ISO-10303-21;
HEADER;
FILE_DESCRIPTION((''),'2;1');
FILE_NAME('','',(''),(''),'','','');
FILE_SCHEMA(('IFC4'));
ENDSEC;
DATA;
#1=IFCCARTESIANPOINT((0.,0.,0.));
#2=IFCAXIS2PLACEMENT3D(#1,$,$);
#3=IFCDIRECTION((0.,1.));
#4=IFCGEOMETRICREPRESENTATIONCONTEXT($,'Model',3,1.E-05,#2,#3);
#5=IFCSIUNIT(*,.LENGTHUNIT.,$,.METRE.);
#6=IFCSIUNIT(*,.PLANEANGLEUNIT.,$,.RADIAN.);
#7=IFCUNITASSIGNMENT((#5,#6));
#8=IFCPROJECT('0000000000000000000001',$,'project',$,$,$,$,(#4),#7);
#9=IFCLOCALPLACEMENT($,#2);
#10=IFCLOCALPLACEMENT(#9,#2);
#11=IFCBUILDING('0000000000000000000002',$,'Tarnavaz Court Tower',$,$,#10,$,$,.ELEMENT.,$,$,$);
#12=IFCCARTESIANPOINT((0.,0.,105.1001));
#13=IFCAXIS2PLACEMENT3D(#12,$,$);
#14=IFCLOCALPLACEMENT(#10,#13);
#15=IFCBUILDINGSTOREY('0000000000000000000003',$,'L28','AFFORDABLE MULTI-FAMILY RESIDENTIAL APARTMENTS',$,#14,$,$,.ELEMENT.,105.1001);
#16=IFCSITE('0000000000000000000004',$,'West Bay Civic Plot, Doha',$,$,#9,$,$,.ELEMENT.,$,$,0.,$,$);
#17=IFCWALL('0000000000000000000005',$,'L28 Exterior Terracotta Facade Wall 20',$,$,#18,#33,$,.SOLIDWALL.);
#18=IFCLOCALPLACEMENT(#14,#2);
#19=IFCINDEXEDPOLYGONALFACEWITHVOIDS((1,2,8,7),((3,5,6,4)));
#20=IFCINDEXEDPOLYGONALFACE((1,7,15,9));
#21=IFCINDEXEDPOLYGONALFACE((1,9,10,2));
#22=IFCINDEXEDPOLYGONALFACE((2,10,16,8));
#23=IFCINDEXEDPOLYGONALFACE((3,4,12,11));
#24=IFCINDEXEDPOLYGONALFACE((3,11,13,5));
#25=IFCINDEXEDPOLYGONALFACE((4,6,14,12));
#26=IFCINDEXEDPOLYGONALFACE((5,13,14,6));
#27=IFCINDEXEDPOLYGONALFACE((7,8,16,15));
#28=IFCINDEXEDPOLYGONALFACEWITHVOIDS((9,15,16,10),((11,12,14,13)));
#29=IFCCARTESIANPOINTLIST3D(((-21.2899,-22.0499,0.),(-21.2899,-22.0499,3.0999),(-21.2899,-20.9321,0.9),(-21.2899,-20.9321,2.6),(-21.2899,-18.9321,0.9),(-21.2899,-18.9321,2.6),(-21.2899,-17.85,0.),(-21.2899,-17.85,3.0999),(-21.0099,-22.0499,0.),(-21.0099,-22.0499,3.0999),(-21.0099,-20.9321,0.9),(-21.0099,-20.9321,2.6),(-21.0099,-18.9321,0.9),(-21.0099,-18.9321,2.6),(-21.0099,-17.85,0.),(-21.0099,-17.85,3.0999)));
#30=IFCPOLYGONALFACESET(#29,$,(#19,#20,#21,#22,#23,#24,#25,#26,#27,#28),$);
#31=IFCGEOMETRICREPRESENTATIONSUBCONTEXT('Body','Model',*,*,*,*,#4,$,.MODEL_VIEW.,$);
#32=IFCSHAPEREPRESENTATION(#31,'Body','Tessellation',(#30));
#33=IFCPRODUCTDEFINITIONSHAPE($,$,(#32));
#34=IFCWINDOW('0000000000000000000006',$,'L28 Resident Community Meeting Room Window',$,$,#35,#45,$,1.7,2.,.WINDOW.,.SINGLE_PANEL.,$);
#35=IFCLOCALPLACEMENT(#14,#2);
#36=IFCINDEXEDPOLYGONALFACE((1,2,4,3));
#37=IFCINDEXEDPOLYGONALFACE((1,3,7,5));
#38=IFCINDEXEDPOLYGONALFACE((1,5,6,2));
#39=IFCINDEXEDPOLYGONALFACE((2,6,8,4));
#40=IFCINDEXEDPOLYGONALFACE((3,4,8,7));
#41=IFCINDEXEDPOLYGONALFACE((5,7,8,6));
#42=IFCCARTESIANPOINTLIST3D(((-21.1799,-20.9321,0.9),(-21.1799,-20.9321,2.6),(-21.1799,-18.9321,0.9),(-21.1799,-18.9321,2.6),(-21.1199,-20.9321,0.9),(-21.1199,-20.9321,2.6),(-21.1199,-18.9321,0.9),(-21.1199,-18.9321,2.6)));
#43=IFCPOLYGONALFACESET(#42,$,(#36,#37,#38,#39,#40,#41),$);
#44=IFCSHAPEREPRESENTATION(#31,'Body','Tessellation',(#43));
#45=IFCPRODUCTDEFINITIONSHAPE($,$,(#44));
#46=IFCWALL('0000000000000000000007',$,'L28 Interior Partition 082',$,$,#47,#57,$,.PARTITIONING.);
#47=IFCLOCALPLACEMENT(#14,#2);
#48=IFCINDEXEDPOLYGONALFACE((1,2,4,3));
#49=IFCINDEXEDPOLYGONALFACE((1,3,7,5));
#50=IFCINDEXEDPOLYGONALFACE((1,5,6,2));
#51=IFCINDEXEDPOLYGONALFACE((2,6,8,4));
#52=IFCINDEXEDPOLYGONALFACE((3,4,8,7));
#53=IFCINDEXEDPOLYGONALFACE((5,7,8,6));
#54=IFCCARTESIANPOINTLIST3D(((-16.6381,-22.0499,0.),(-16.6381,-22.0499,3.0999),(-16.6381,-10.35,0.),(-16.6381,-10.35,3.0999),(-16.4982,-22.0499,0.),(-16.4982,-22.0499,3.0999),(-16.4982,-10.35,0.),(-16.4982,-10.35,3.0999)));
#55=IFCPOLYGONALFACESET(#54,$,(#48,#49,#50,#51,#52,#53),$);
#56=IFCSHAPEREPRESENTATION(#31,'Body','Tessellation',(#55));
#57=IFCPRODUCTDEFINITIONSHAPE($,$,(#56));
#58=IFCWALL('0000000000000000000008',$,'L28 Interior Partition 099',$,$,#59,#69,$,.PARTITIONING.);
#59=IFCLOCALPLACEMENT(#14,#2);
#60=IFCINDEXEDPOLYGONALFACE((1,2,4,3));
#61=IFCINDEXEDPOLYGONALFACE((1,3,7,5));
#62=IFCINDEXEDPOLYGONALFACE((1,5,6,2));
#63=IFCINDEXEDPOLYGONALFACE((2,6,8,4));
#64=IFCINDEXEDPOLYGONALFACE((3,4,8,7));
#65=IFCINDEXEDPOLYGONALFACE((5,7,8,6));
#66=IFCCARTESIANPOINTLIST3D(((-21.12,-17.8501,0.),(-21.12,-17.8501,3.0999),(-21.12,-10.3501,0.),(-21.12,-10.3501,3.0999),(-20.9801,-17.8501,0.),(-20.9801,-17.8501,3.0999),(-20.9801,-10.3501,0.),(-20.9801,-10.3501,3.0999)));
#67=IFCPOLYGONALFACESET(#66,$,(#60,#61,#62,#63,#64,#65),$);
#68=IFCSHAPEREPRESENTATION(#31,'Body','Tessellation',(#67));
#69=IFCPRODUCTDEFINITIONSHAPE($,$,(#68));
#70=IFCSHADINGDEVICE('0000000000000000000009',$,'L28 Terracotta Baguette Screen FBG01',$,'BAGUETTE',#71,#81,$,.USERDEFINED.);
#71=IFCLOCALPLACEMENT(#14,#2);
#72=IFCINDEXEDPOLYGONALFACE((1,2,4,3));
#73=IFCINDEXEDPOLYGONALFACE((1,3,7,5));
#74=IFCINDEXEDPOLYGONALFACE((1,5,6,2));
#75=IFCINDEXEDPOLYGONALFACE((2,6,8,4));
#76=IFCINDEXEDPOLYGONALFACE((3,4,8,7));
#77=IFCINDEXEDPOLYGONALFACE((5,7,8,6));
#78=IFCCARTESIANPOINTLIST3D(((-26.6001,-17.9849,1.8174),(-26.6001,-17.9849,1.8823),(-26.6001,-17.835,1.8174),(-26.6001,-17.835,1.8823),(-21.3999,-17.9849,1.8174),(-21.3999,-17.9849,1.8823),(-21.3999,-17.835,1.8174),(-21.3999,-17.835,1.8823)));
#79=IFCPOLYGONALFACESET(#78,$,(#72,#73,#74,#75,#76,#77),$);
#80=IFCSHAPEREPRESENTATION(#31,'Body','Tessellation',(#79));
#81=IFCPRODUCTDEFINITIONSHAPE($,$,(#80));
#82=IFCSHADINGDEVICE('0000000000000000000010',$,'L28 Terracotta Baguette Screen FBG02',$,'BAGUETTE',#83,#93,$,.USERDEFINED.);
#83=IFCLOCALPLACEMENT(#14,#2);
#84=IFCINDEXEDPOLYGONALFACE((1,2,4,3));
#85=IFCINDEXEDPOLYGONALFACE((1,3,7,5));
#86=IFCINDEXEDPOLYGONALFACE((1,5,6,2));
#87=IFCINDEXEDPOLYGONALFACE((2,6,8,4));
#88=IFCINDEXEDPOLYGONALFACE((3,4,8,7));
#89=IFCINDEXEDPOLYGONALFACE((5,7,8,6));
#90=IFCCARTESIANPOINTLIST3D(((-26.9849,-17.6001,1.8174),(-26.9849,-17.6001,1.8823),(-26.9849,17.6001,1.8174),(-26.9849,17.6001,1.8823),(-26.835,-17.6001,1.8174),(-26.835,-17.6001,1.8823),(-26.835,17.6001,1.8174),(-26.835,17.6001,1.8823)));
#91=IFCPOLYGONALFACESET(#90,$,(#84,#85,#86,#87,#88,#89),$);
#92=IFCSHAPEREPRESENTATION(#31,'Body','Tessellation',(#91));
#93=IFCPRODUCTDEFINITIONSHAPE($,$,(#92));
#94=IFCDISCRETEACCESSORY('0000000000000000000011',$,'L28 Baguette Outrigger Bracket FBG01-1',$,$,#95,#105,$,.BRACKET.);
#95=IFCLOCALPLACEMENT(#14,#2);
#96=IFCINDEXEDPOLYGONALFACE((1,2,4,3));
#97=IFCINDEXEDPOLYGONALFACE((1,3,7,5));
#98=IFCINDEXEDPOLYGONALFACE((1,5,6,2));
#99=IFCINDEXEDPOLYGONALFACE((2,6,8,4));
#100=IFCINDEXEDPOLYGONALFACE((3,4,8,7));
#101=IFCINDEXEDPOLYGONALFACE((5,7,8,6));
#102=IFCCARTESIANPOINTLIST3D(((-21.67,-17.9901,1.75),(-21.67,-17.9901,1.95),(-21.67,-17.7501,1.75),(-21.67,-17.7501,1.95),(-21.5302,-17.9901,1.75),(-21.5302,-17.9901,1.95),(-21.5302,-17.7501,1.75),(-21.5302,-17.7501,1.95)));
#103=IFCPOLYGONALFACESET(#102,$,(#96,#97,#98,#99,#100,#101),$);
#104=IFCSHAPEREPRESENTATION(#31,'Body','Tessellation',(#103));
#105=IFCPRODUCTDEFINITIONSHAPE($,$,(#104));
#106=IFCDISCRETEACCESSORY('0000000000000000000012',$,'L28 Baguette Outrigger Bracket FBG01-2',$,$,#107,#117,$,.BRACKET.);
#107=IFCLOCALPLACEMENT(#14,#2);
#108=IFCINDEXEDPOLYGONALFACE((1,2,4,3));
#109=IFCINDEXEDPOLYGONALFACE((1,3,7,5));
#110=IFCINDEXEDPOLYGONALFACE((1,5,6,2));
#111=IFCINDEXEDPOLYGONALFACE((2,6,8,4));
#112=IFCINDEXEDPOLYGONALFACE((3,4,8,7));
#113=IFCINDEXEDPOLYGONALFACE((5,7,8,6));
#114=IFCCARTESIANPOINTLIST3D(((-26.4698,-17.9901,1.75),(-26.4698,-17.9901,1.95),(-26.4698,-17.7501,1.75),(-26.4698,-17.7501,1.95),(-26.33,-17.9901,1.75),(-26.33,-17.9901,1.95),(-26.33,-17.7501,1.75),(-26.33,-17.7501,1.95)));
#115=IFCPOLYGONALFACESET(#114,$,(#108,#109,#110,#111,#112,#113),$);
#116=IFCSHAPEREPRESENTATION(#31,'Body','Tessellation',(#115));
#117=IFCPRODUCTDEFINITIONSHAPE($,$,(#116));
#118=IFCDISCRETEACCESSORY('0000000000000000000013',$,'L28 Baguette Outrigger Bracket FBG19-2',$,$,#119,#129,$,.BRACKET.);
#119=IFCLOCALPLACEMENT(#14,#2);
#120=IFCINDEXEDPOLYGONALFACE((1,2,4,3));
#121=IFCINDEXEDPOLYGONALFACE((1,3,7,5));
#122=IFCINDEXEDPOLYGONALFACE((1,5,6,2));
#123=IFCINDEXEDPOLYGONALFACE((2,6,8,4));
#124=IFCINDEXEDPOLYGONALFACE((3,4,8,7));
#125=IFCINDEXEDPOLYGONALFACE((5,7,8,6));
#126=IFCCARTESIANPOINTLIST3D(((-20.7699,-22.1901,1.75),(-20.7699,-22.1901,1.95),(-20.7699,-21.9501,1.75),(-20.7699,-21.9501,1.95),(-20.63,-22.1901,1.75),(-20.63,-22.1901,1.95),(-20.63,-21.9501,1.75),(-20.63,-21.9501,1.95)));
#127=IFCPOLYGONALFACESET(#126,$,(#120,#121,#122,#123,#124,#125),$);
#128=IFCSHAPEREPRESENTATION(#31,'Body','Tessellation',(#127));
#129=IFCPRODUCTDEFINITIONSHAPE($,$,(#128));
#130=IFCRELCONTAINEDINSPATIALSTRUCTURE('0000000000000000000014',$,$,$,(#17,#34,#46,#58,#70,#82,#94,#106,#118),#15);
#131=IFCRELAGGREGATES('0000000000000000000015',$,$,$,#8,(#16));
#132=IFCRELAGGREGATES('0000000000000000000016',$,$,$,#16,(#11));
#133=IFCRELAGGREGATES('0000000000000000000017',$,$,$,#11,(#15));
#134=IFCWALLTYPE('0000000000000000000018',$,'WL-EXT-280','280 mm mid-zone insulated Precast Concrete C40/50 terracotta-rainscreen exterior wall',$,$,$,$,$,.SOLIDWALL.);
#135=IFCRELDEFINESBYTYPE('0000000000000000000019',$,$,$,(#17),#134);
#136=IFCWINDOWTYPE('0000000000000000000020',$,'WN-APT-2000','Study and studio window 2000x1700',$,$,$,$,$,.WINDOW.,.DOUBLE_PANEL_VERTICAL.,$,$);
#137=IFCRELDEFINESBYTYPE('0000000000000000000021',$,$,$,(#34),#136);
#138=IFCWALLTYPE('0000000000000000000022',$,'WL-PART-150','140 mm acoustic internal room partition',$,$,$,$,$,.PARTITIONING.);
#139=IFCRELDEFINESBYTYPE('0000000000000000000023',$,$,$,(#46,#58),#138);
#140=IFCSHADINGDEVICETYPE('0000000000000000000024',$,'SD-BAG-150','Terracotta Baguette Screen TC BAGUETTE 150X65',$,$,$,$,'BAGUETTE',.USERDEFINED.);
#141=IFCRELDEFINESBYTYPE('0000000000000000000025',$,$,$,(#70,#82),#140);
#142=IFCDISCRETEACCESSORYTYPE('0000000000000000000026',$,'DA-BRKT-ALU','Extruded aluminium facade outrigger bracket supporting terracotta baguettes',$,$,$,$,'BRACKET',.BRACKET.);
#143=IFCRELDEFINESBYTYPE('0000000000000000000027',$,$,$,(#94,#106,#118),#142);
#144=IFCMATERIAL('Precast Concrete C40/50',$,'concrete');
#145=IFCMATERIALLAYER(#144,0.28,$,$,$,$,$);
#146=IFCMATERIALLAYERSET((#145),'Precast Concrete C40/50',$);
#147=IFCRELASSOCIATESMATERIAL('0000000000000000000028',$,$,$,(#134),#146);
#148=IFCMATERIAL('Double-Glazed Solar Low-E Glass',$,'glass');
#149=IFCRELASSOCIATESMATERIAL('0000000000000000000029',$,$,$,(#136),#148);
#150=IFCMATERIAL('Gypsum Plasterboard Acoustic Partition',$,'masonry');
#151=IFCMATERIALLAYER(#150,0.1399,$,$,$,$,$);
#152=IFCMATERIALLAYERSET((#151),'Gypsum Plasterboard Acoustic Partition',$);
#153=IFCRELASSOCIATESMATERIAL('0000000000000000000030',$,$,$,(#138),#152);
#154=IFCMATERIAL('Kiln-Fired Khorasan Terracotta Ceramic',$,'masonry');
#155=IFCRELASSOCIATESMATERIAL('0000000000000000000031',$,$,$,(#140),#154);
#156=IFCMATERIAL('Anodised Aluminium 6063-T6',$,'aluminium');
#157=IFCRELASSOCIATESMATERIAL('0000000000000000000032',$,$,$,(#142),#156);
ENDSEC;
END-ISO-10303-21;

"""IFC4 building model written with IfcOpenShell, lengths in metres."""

from ifc_helpers import new_model, si_unit, direction, frame, frame_2d, origin, origin_2d, place, context, subcontext, project, spatial, rectangle, extrude, material, layer, layer_set, material_profile, profile_set, type_object, element, fill, save


model = new_model("IFC4")

# Units and contexts
model_context = context("Model", 3, precision=1e-05, world=origin(), true_north=direction((0.0, 1.0)))
body_context = subcontext(model_context, "Body", "Model", "MODEL_VIEW")
ifc_project = project(units=[si_unit("LENGTHUNIT", "METRE"), si_unit("PLANEANGLEUNIT", "RADIAN")], contexts=[model_context])

# Site, building, storey
site_placement = place(None, origin())
site = spatial("IfcSite", under=ifc_project, at=site_placement, Name="West Bay Civic Plot, Doha", CompositionType="ELEMENT", RefElevation=0.0)
building_placement = place(site_placement, origin())
building = spatial("IfcBuilding", under=site, at=building_placement, Name="Tarnavaz Court Tower", CompositionType="ELEMENT")
storey_placement = place(building_placement, frame((0.0, 0.0, 105.1001)))
storey = spatial("IfcBuildingStorey", under=building, at=storey_placement, Name="L28", Description="AFFORDABLE MULTI-FAMILY RESIDENTIAL APARTMENTS", CompositionType="ELEMENT", Elevation=105.1001)

# Shared definitions
ifc_material_1 = material(Name="Precast Concrete C40/50", Category="concrete")
ifc_layer_1 = layer(ifc_material_1, 0.28)
ifc_layer_set_1 = layer_set([ifc_layer_1], Name="Precast Concrete C40/50")
wall_type_1 = type_object("IfcWallType", Name="WL-EXT-280", Description="280 mm mid-zone insulated Precast Concrete C40/50 terracotta-rainscreen exterior wall", PredefinedType="SOLIDWALL", material=ifc_layer_set_1)
ifc_material_2 = material(Name="Double-Glazed Solar Low-E Glass", Category="glass")

# Shared definitions
window_type_1 = type_object("IfcWindowType", Name="WN-APT-2000", Description="Study and studio window 2000x1700", PartitioningType="DOUBLE_PANEL_VERTICAL", PredefinedType="WINDOW", material=ifc_material_2)

# Wall, opening, window
wall_1_placement = place(storey_placement, frame((-21.1499, -22.05, 0.0), z_axis=(0.0, 0.0, 1.0), x_axis=(0.0, 1.0, 0.0)))
wall_1 = element("IfcWall", 1, at=wall_1_placement, inside=storey, type_object=wall_type_1, Name="L28 Exterior Terracotta Facade Wall 20", PredefinedType="SOLIDWALL", context=body_context, shape_type="SweptSolid", body=[
    extrude(rectangle(XDim=4.2, YDim=0.28, at=frame_2d((2.1001, 0.0))), origin(), (0.0, 0.0, 1.0), 3.0999),
])
opening_1_placement = place(wall_1_placement, frame((1.1179, 0.0, 0.8999)))
opening_1 = element("IfcOpeningElement", 2, at=opening_1_placement, cuts=wall_1, PredefinedType="OPENING", context=body_context, shape_type="SweptSolid", body=[
    extrude(rectangle(XDim=2.0, YDim=1.7, at=frame_2d((1.0, 0.8501))), frame((0.0, 0.1499, 0.0), z_axis=(0.0, -1.0, 0.0), x_axis=(1.0, 0.0, 0.0)), (0.0, 0.0, 1.0), 0.3),
])
window_1_placement = place(opening_1_placement, origin())
window_1 = element("IfcWindow", 3, at=window_1_placement, inside=storey, type_object=window_type_1, Name="L28 Resident Community Meeting Room Window", OverallHeight=1.7, OverallWidth=2.0, PartitioningType="SINGLE_PANEL", PredefinedType="WINDOW", context=body_context, shape_type="SweptSolid", body=[
    extrude(rectangle(XDim=2.0, YDim=1.7, at=frame_2d((1.0, 0.8501))), frame((0.0, 0.03, 0.0), z_axis=(0.0, -1.0, 0.0), x_axis=(1.0, 0.0, 0.0)), (0.0, 0.0, 1.0), 0.0601),
])
fill(opening_1, window_1)

# Walls
ifc_material_3 = material(Name="Gypsum Plasterboard Acoustic Partition", Category="masonry")
ifc_layer_2 = layer(ifc_material_3, 0.1399)
ifc_layer_set_2 = layer_set([ifc_layer_2], Name="Gypsum Plasterboard Acoustic Partition")
wall_type_2 = type_object("IfcWallType", Name="WL-PART-150", Description="140 mm acoustic internal room partition", PredefinedType="PARTITIONING", material=ifc_layer_set_2)
wall_2_placement = place(storey_placement, frame((-16.5681, -22.05, 0.0), z_axis=(0.0, 0.0, 1.0), x_axis=(0.0, 1.0, 0.0)))
element("IfcWall", 4, at=wall_2_placement, inside=storey, type_object=wall_type_2, Name="L28 Interior Partition 082", PredefinedType="PARTITIONING", context=body_context, shape_type="SweptSolid", body=[
    extrude(rectangle(XDim=11.7, YDim=0.1399, at=frame_2d((5.8501, 0.0))), origin(), (0.0, 0.0, 1.0), 3.0999),
])
wall_3_placement = place(storey_placement, frame((-21.05, -17.8501, 0.0), z_axis=(0.0, 0.0, 1.0), x_axis=(0.0, 1.0, 0.0)))
element("IfcWall", 5, at=wall_3_placement, inside=storey, type_object=wall_type_2, Name="L28 Interior Partition 099", PredefinedType="PARTITIONING", context=body_context, shape_type="SweptSolid", body=[
    extrude(rectangle(XDim=7.5, YDim=0.1399, at=frame_2d((3.75, 0.0))), origin(), (0.0, 0.0, 1.0), 3.0999),
])

# Shading devices
ifc_material_4 = material(Name="Kiln-Fired Khorasan Terracotta Ceramic", Category="masonry")
ifc_material_profile = material_profile(ifc_material_4, rectangle(XDim=0.1499, YDim=0.0649, at=origin_2d()), Name="TC BAGUETTE 150X65")
ifc_profile_set = profile_set([ifc_material_profile], Name="Kiln-Fired Khorasan Terracotta Ceramic")
shading_device_type = type_object("IfcShadingDeviceType", Name="SD-BAG-150", Description="Terracotta Baguette Screen TC BAGUETTE 150X65", ElementType="BAGUETTE", PredefinedType="USERDEFINED", material=ifc_profile_set)
shading_device_1_placement = place(storey_placement, frame((-21.3999, -17.9099, 1.8499), z_axis=(-1.0, 0.0, 0.0), x_axis=(0.0, -1.0, 0.0)))
element("IfcShadingDevice", 6, at=shading_device_1_placement, inside=storey, type_object=shading_device_type, Name="L28 Terracotta Baguette Screen FBG01", ObjectType="BAGUETTE", PredefinedType="USERDEFINED", context=body_context, shape_type="SweptSolid", body=[
    extrude(rectangle(XDim=0.1499, YDim=0.0649, at=origin_2d()), origin(), (0.0, 0.0, 1.0), 5.2002),
])
shading_device_2_placement = place(storey_placement, frame((-26.9099, -17.6001, 1.8499), z_axis=(0.0, 1.0, 0.0), x_axis=(-1.0, 0.0, 0.0)))
element("IfcShadingDevice", 7, at=shading_device_2_placement, inside=storey, type_object=shading_device_type, Name="L28 Terracotta Baguette Screen FBG02", ObjectType="BAGUETTE", PredefinedType="USERDEFINED", context=body_context, shape_type="SweptSolid", body=[
    extrude(rectangle(XDim=0.1499, YDim=0.0649, at=origin_2d()), origin(), (0.0, 0.0, 1.0), 35.2002),
])

# Discrete accessories
ifc_material_5 = material(Name="Anodised Aluminium 6063-T6", Category="aluminium")
discrete_accessory_type = type_object("IfcDiscreteAccessoryType", Name="DA-BRKT-ALU", Description="Extruded aluminium facade outrigger bracket supporting terracotta baguettes", ElementType="BRACKET", PredefinedType="BRACKET", material=ifc_material_5)
for number, where, z_axis, x_axis, name in (
    (8, (-21.6001, -17.8701, 1.75), (0.0, 0.0, 1.0), (-1.0, 0.0, 0.0), "L28 Baguette Outrigger Bracket FBG01-1"),
    (9, (-26.3999, -17.8701, 1.75), (0.0, 0.0, 1.0), (-1.0, 0.0, 0.0), "L28 Baguette Outrigger Bracket FBG01-2"),
    (10, (-20.7, -22.0701, 1.75), (0.0, 0.0, 1.0), (-1.0, 0.0, 0.0), "L28 Baguette Outrigger Bracket FBG19-2"),
):
    element("IfcDiscreteAccessory", number, at=place(storey_placement, frame(where, z_axis=z_axis, x_axis=x_axis)), inside=storey, type_object=discrete_accessory_type, Name=name, PredefinedType="BRACKET", context=body_context, shape_type="SweptSolid", body=[
        extrude(rectangle(XDim=0.1399, YDim=0.24, at=origin_2d()), origin(), (0.0, 0.0, 1.0), 0.2),
    ])

save(model, "model.ifc")
